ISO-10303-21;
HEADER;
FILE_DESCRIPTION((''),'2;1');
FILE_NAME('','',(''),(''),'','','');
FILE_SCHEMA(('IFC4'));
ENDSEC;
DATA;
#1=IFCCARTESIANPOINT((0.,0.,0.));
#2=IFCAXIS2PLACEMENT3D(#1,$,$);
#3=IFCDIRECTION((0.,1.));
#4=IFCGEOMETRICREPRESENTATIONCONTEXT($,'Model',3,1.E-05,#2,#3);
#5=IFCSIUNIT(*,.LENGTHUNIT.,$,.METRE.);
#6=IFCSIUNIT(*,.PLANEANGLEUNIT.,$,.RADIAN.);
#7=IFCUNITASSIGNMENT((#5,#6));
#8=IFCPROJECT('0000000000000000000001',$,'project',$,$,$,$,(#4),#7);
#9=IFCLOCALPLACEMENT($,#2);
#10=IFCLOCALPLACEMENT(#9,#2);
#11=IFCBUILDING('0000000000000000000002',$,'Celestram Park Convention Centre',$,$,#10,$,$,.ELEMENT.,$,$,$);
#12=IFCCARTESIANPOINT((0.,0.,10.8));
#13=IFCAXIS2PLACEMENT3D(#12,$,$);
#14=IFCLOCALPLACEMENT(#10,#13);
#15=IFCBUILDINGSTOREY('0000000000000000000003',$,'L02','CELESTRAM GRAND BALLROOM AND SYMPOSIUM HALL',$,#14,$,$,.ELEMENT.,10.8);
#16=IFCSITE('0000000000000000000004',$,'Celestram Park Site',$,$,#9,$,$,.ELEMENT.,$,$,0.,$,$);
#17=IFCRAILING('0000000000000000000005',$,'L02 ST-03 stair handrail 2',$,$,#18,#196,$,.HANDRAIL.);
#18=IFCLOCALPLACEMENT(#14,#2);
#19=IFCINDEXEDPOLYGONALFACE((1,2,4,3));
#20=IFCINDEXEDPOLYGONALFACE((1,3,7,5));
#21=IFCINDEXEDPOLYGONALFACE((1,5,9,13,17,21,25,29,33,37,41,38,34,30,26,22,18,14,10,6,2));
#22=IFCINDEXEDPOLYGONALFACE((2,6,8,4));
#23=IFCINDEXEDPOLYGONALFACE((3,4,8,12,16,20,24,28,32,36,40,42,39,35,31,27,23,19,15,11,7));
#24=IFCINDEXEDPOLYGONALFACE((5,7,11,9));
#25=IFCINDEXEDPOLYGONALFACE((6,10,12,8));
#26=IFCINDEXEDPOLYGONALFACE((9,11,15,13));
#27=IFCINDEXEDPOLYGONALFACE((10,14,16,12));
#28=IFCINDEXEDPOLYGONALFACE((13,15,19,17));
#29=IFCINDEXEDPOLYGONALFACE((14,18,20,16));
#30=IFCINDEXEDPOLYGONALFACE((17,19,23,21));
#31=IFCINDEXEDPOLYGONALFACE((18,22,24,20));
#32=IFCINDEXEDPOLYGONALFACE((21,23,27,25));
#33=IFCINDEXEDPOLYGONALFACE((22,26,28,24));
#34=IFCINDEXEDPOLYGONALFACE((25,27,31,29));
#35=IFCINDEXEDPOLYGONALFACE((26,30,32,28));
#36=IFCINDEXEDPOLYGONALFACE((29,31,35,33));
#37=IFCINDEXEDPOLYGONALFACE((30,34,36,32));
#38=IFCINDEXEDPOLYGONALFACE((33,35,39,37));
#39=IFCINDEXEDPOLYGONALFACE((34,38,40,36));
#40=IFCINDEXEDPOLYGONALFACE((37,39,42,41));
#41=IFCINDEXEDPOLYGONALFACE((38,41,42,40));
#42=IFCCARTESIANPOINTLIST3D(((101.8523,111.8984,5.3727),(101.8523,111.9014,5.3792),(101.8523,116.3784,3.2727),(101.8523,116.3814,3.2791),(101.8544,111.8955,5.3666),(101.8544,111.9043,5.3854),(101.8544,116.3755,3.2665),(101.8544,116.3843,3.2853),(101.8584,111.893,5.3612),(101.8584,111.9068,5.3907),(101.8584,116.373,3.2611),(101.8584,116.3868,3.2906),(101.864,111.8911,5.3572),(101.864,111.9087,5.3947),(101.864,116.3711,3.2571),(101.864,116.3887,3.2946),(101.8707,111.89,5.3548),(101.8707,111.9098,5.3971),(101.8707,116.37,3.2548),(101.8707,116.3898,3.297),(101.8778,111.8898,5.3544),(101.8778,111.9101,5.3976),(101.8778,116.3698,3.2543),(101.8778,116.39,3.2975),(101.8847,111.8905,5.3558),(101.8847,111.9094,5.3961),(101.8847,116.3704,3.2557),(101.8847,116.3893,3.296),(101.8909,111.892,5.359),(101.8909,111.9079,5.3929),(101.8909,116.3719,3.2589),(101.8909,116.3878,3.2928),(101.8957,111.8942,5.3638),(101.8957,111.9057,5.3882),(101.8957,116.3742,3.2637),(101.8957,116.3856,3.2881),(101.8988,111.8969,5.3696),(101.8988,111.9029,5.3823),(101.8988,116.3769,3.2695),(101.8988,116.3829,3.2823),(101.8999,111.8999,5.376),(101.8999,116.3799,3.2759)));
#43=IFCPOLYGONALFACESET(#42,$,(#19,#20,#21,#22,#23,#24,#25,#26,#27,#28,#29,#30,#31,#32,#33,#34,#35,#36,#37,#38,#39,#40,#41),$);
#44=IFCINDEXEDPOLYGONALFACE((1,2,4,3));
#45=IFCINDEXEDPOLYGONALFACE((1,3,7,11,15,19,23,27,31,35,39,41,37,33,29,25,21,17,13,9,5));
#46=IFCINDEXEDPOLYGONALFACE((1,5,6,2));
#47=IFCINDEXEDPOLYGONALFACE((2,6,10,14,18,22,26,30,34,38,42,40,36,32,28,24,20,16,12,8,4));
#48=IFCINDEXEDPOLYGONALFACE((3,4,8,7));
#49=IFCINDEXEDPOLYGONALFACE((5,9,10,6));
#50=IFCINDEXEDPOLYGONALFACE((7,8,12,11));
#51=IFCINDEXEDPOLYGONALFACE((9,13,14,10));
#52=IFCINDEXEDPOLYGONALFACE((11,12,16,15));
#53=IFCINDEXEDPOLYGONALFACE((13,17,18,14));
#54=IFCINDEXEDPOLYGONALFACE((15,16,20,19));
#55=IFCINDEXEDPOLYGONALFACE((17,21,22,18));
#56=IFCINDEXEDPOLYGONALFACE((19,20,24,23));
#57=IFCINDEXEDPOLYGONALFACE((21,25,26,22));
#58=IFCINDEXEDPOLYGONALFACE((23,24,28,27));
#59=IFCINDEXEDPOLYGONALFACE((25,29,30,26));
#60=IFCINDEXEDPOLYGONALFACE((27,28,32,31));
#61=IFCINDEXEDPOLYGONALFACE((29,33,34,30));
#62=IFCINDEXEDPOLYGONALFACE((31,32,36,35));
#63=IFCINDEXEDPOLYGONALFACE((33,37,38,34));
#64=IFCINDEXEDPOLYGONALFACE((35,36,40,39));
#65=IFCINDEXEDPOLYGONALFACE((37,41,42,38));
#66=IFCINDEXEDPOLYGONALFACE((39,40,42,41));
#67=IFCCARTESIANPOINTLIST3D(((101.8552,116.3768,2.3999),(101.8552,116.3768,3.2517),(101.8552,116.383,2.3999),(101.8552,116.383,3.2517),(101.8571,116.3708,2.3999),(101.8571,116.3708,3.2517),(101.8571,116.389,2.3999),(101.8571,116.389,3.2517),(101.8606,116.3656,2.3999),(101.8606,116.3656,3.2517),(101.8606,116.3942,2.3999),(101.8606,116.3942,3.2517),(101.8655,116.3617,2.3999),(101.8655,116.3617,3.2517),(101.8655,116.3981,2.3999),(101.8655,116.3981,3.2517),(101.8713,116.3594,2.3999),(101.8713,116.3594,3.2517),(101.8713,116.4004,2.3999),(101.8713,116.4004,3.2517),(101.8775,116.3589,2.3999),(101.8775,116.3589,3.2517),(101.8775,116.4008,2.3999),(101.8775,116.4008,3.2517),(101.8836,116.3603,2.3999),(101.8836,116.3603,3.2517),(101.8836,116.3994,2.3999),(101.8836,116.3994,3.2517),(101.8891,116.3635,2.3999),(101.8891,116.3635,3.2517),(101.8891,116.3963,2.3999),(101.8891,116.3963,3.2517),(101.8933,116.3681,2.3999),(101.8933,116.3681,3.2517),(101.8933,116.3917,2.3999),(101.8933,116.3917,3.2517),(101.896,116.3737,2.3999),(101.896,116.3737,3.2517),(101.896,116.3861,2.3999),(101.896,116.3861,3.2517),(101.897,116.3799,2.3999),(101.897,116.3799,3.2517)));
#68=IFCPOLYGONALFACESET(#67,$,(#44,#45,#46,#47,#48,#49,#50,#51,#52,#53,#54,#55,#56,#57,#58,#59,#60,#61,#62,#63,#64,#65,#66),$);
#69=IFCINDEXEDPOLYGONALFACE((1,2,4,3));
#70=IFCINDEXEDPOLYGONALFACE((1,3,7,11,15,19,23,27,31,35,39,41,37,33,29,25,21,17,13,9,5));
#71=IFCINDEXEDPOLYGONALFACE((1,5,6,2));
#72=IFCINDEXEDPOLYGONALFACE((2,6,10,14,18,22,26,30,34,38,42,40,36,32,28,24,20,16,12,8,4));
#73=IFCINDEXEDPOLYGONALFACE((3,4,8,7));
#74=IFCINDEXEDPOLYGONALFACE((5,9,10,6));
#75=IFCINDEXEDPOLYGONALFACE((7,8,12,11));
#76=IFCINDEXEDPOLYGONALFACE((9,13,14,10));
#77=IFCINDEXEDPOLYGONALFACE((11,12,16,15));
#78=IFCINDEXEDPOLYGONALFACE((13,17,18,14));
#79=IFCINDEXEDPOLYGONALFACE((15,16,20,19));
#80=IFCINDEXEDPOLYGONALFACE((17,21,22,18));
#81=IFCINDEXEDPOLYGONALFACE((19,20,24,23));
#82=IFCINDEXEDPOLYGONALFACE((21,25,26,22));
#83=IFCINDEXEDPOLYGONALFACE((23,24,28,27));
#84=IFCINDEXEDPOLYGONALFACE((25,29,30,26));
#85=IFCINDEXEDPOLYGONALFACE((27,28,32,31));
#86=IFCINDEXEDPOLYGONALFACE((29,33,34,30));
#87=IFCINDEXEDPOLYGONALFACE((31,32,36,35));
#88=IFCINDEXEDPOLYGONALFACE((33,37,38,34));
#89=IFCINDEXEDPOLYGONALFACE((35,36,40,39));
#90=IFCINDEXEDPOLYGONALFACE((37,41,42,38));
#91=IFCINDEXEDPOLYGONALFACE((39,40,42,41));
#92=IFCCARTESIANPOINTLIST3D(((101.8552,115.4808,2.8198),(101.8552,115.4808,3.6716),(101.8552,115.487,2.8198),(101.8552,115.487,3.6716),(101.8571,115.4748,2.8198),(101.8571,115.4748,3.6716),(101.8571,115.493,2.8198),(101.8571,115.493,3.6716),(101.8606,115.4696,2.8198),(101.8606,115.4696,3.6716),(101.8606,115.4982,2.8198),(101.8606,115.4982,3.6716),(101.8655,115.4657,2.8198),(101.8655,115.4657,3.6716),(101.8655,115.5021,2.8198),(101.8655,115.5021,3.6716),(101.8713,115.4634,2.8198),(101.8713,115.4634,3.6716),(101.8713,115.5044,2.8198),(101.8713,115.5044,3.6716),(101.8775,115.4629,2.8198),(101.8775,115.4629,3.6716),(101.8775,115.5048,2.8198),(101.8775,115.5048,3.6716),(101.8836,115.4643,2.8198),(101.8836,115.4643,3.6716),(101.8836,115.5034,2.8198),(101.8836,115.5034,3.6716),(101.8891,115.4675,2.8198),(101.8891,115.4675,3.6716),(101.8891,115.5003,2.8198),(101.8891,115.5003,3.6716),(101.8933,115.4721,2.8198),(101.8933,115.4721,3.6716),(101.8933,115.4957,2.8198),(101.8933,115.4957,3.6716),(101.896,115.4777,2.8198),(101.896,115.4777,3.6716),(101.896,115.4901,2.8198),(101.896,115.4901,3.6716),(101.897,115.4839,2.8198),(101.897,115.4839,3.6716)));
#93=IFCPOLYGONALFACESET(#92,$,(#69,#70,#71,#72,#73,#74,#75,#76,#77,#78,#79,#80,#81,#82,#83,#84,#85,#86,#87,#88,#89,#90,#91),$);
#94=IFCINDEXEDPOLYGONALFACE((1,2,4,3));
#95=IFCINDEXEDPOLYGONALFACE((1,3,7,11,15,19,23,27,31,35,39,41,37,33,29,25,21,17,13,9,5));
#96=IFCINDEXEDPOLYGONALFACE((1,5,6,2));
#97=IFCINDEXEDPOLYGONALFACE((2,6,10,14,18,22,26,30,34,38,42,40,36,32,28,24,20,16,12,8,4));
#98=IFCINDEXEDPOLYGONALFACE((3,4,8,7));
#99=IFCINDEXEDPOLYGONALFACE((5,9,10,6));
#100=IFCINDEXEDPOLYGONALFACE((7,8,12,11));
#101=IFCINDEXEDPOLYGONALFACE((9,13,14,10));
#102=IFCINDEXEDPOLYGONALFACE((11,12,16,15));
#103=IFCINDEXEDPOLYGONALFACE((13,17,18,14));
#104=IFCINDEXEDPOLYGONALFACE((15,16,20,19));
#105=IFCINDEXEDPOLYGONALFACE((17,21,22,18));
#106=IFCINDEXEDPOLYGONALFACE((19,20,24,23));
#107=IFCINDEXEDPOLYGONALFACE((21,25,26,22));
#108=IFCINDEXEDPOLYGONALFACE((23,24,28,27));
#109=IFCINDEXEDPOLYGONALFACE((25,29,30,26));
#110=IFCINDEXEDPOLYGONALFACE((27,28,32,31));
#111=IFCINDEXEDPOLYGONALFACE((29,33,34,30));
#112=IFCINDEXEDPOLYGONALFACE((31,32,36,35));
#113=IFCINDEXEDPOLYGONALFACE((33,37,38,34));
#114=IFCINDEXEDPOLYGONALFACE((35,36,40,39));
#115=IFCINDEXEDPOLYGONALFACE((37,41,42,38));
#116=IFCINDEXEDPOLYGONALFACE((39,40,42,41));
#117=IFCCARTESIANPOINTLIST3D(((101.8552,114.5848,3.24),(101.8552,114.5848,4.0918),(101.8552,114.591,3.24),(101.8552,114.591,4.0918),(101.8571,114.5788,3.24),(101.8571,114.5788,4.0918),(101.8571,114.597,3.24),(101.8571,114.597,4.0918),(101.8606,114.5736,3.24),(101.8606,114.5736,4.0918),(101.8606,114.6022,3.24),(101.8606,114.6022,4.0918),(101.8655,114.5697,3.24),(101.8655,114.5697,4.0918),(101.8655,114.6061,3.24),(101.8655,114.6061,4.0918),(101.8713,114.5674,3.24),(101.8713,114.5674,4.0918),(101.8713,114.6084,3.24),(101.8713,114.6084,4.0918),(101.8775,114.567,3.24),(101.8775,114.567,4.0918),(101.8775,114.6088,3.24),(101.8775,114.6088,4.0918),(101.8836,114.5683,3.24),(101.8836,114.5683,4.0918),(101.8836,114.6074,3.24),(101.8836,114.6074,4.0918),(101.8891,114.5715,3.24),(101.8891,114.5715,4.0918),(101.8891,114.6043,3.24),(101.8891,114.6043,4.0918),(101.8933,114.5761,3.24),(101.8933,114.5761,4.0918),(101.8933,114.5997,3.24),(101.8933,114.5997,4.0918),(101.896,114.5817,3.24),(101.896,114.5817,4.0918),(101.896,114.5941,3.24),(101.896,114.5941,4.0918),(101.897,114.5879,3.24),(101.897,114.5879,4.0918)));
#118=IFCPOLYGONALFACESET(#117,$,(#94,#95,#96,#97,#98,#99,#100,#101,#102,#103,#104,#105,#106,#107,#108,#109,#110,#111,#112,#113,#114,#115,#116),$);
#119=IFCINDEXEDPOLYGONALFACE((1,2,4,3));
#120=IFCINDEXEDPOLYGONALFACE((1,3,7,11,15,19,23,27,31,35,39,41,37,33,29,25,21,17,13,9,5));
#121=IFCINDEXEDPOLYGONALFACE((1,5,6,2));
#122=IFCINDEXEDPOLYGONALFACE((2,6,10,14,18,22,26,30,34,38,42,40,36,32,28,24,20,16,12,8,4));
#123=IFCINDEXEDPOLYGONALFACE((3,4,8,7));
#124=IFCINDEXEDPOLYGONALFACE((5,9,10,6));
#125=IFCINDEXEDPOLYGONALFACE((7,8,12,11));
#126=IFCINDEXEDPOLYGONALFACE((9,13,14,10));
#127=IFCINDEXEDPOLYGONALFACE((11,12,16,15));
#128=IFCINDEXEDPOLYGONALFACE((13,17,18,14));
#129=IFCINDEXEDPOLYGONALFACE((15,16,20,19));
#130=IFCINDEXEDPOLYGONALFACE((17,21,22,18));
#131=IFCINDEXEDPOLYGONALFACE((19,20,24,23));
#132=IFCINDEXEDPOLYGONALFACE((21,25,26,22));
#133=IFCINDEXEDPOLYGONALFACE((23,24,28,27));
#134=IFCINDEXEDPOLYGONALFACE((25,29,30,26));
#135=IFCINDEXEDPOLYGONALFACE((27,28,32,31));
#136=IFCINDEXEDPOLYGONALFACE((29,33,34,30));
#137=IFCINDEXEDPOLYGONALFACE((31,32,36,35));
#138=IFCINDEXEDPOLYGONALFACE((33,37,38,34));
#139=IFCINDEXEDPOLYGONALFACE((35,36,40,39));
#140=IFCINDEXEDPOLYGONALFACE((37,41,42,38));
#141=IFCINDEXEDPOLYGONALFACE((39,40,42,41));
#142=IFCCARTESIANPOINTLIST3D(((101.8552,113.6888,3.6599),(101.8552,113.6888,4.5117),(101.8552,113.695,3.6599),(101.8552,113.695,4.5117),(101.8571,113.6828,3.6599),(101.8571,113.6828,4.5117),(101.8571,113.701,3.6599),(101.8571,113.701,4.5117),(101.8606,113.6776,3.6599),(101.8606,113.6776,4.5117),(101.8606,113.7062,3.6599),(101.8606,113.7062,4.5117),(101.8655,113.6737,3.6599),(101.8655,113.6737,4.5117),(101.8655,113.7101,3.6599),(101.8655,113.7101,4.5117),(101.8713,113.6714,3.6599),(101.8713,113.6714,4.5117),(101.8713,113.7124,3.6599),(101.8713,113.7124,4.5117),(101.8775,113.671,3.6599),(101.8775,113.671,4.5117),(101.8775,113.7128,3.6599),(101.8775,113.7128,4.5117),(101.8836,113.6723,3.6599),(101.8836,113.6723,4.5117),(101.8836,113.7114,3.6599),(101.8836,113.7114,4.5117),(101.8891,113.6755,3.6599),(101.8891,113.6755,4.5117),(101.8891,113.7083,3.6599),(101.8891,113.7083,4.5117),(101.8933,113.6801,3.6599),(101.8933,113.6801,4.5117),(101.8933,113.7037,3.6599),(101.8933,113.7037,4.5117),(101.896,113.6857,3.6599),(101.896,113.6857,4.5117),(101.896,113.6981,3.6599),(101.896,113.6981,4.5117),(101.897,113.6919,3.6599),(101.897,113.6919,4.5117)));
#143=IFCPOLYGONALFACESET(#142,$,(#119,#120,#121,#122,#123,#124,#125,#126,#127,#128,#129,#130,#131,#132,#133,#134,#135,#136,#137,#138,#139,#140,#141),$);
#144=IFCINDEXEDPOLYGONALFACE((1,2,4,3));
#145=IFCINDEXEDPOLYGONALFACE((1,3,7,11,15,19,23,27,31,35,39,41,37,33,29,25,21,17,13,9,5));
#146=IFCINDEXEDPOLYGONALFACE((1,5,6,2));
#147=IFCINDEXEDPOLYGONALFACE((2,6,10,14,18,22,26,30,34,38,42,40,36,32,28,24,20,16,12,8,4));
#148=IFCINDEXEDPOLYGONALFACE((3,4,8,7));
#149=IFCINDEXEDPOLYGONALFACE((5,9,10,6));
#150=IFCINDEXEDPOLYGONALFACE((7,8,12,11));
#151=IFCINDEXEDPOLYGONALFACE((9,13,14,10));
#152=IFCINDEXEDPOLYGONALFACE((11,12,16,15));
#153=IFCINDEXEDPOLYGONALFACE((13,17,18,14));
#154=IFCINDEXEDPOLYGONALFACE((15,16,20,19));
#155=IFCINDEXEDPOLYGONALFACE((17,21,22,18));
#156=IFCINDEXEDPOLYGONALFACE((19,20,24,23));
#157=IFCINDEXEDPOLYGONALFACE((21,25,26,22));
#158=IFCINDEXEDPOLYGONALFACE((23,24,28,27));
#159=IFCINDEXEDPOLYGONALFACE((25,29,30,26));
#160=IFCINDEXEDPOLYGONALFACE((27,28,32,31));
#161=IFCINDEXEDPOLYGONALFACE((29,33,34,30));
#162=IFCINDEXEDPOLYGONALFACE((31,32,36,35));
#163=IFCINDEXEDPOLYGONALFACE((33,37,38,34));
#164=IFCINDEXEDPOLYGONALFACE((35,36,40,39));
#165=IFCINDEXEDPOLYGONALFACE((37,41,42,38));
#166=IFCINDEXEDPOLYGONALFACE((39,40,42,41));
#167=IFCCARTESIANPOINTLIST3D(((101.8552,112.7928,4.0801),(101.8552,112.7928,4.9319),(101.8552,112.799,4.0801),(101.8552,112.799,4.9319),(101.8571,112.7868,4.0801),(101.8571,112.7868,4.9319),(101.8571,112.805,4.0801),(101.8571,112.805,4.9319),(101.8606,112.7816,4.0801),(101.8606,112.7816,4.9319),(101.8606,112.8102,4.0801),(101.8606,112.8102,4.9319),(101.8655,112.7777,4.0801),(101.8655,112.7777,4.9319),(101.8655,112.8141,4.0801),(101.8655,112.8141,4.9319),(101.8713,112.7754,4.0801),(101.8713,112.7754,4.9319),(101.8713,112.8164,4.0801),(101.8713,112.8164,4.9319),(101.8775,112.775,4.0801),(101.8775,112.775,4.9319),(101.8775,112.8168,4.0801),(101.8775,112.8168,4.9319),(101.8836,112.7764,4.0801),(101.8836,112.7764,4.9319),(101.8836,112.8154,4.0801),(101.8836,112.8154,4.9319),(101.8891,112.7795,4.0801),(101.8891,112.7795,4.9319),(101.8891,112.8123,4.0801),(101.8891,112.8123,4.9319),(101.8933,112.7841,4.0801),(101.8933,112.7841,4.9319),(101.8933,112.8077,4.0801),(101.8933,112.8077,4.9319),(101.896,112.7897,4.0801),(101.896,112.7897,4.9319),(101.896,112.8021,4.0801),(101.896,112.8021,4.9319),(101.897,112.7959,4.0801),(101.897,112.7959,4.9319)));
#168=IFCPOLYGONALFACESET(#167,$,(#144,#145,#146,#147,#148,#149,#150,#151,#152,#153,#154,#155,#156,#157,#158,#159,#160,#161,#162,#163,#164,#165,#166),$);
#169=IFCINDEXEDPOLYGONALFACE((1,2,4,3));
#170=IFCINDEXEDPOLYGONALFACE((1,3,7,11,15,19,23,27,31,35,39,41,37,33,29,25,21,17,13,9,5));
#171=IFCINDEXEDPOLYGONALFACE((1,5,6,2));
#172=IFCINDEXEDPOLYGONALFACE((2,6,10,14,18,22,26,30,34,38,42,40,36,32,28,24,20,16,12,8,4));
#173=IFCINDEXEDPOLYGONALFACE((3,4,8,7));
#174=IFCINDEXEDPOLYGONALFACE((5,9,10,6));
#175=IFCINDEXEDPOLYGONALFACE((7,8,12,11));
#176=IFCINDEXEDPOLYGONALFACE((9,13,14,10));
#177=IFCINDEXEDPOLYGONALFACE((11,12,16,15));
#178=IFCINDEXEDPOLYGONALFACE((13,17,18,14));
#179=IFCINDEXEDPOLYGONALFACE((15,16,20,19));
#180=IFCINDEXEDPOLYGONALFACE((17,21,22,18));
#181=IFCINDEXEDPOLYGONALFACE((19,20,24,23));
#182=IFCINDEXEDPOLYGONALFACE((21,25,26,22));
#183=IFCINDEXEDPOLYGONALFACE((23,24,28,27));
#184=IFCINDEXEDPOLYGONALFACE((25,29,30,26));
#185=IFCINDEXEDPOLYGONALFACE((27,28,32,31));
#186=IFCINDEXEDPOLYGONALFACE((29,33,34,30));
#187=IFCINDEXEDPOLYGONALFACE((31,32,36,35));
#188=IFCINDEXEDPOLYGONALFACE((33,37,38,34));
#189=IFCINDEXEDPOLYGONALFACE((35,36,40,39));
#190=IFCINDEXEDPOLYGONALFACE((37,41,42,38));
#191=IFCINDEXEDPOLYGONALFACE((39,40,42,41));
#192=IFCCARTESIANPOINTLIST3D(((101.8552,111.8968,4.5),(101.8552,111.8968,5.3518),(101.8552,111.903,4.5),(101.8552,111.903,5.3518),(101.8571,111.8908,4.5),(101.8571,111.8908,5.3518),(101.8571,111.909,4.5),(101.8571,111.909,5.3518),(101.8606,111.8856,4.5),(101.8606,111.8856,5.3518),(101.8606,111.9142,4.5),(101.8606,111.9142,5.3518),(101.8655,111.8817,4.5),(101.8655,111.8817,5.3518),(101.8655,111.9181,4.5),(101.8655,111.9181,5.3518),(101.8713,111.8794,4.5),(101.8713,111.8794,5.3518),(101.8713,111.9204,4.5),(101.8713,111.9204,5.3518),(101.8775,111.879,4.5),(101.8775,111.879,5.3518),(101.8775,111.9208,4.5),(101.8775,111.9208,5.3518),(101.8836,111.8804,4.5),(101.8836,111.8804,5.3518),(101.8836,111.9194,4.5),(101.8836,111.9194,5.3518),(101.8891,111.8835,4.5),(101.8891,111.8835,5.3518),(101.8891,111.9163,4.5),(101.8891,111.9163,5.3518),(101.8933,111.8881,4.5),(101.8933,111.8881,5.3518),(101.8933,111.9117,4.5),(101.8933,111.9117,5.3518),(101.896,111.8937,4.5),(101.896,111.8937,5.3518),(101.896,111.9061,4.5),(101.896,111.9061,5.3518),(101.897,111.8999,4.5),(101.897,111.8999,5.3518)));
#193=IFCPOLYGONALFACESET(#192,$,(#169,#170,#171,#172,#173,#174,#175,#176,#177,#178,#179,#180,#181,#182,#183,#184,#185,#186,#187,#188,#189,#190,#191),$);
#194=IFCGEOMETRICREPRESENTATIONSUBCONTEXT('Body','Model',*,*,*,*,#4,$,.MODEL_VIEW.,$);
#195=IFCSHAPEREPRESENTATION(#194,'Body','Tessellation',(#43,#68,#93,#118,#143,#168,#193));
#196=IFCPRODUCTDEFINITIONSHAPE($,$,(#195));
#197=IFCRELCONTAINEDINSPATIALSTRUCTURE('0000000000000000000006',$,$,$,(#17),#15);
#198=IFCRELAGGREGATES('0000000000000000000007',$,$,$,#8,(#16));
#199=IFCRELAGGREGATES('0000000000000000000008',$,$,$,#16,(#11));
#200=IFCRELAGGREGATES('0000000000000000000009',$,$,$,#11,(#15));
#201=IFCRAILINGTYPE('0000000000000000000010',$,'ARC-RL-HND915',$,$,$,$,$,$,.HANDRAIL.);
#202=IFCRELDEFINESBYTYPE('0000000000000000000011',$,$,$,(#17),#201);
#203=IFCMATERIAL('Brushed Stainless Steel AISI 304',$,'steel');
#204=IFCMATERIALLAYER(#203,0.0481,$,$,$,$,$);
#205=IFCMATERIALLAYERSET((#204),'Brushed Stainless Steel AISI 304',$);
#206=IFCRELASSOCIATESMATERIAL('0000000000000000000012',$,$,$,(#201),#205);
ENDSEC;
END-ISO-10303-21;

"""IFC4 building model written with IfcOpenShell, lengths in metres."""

from ifc_helpers import new_model, si_unit, direction, frame, origin, origin_2d, place, context, subcontext, project, spatial, circle, extrude, material, layer, layer_set, type_object, element, save


model = new_model("IFC4")

# Units and contexts
model_context = context("Model", 3, precision=1e-05, world=origin(), true_north=direction((0.0, 1.0)))
body_context = subcontext(model_context, "Body", "Model", "MODEL_VIEW")
ifc_project = project(units=[si_unit("LENGTHUNIT", "METRE"), si_unit("PLANEANGLEUNIT", "RADIAN")], contexts=[model_context])

# Site, building, storey
site_placement = place(None, origin())
site = spatial("IfcSite", under=ifc_project, at=site_placement, Name="Celestram Park Site", CompositionType="ELEMENT", RefElevation=0.0)
building_placement = place(site_placement, origin())
building = spatial("IfcBuilding", under=site, at=building_placement, Name="Celestram Park Convention Centre", CompositionType="ELEMENT")
storey_placement = place(building_placement, frame((0.0, 0.0, 10.8)))
storey = spatial("IfcBuildingStorey", under=building, at=storey_placement, Name="L02", Description="CELESTRAM GRAND BALLROOM AND SYMPOSIUM HALL", CompositionType="ELEMENT", Elevation=10.8)

# Railing
ifc_material_1 = material(Name="Brushed Stainless Steel AISI 304", Category="steel")
ifc_layer_1 = layer(ifc_material_1, 0.0481)
ifc_layer_set_1 = layer_set([ifc_layer_1], Name="Brushed Stainless Steel AISI 304")
railing_type_1 = type_object("IfcRailingType", Name="ARC-RL-HND915", PredefinedType="HANDRAIL", material=ifc_layer_set_1)
railing_1_placement = place(storey_placement, frame((101.876, 116.3799, 2.3999)))
element("IfcRailing", 1, at=railing_1_placement, inside=storey, type_object=railing_type_1, Name="L02 ST-03 stair handrail 2", PredefinedType="HANDRAIL", context=body_context, shape_type="SweptSolid", body=[
    extrude(circle(Radius=0.0239, at=origin_2d()), frame((0.0, 0.0, 0.876), z_axis=(0.0, -0.905451, 0.424452), x_axis=(1.0, 0.0, 0.0)), (0.0, 0.0, 1.0), 4.9478),
    extrude(circle(Radius=0.021, at=origin_2d()), origin(), (0.0, 0.0, 1.0), 0.8518),
    extrude(circle(Radius=0.021, at=origin_2d()), frame((0.0, -0.896, 0.4199)), (0.0, 0.0, 1.0), 0.8518),
    extrude(circle(Radius=0.021, at=origin_2d()), frame((0.0, -1.792, 0.8401)), (0.0, 0.0, 1.0), 0.8518),
    extrude(circle(Radius=0.021, at=origin_2d()), frame((0.0, -2.688, 1.26)), (0.0, 0.0, 1.0), 0.8518),
    extrude(circle(Radius=0.021, at=origin_2d()), frame((0.0, -3.584, 1.6802)), (0.0, 0.0, 1.0), 0.8518),
    extrude(circle(Radius=0.021, at=origin_2d()), frame((0.0, -4.48, 2.1001)), (0.0, 0.0, 1.0), 0.8518),
])

save(model, "model.ifc")
